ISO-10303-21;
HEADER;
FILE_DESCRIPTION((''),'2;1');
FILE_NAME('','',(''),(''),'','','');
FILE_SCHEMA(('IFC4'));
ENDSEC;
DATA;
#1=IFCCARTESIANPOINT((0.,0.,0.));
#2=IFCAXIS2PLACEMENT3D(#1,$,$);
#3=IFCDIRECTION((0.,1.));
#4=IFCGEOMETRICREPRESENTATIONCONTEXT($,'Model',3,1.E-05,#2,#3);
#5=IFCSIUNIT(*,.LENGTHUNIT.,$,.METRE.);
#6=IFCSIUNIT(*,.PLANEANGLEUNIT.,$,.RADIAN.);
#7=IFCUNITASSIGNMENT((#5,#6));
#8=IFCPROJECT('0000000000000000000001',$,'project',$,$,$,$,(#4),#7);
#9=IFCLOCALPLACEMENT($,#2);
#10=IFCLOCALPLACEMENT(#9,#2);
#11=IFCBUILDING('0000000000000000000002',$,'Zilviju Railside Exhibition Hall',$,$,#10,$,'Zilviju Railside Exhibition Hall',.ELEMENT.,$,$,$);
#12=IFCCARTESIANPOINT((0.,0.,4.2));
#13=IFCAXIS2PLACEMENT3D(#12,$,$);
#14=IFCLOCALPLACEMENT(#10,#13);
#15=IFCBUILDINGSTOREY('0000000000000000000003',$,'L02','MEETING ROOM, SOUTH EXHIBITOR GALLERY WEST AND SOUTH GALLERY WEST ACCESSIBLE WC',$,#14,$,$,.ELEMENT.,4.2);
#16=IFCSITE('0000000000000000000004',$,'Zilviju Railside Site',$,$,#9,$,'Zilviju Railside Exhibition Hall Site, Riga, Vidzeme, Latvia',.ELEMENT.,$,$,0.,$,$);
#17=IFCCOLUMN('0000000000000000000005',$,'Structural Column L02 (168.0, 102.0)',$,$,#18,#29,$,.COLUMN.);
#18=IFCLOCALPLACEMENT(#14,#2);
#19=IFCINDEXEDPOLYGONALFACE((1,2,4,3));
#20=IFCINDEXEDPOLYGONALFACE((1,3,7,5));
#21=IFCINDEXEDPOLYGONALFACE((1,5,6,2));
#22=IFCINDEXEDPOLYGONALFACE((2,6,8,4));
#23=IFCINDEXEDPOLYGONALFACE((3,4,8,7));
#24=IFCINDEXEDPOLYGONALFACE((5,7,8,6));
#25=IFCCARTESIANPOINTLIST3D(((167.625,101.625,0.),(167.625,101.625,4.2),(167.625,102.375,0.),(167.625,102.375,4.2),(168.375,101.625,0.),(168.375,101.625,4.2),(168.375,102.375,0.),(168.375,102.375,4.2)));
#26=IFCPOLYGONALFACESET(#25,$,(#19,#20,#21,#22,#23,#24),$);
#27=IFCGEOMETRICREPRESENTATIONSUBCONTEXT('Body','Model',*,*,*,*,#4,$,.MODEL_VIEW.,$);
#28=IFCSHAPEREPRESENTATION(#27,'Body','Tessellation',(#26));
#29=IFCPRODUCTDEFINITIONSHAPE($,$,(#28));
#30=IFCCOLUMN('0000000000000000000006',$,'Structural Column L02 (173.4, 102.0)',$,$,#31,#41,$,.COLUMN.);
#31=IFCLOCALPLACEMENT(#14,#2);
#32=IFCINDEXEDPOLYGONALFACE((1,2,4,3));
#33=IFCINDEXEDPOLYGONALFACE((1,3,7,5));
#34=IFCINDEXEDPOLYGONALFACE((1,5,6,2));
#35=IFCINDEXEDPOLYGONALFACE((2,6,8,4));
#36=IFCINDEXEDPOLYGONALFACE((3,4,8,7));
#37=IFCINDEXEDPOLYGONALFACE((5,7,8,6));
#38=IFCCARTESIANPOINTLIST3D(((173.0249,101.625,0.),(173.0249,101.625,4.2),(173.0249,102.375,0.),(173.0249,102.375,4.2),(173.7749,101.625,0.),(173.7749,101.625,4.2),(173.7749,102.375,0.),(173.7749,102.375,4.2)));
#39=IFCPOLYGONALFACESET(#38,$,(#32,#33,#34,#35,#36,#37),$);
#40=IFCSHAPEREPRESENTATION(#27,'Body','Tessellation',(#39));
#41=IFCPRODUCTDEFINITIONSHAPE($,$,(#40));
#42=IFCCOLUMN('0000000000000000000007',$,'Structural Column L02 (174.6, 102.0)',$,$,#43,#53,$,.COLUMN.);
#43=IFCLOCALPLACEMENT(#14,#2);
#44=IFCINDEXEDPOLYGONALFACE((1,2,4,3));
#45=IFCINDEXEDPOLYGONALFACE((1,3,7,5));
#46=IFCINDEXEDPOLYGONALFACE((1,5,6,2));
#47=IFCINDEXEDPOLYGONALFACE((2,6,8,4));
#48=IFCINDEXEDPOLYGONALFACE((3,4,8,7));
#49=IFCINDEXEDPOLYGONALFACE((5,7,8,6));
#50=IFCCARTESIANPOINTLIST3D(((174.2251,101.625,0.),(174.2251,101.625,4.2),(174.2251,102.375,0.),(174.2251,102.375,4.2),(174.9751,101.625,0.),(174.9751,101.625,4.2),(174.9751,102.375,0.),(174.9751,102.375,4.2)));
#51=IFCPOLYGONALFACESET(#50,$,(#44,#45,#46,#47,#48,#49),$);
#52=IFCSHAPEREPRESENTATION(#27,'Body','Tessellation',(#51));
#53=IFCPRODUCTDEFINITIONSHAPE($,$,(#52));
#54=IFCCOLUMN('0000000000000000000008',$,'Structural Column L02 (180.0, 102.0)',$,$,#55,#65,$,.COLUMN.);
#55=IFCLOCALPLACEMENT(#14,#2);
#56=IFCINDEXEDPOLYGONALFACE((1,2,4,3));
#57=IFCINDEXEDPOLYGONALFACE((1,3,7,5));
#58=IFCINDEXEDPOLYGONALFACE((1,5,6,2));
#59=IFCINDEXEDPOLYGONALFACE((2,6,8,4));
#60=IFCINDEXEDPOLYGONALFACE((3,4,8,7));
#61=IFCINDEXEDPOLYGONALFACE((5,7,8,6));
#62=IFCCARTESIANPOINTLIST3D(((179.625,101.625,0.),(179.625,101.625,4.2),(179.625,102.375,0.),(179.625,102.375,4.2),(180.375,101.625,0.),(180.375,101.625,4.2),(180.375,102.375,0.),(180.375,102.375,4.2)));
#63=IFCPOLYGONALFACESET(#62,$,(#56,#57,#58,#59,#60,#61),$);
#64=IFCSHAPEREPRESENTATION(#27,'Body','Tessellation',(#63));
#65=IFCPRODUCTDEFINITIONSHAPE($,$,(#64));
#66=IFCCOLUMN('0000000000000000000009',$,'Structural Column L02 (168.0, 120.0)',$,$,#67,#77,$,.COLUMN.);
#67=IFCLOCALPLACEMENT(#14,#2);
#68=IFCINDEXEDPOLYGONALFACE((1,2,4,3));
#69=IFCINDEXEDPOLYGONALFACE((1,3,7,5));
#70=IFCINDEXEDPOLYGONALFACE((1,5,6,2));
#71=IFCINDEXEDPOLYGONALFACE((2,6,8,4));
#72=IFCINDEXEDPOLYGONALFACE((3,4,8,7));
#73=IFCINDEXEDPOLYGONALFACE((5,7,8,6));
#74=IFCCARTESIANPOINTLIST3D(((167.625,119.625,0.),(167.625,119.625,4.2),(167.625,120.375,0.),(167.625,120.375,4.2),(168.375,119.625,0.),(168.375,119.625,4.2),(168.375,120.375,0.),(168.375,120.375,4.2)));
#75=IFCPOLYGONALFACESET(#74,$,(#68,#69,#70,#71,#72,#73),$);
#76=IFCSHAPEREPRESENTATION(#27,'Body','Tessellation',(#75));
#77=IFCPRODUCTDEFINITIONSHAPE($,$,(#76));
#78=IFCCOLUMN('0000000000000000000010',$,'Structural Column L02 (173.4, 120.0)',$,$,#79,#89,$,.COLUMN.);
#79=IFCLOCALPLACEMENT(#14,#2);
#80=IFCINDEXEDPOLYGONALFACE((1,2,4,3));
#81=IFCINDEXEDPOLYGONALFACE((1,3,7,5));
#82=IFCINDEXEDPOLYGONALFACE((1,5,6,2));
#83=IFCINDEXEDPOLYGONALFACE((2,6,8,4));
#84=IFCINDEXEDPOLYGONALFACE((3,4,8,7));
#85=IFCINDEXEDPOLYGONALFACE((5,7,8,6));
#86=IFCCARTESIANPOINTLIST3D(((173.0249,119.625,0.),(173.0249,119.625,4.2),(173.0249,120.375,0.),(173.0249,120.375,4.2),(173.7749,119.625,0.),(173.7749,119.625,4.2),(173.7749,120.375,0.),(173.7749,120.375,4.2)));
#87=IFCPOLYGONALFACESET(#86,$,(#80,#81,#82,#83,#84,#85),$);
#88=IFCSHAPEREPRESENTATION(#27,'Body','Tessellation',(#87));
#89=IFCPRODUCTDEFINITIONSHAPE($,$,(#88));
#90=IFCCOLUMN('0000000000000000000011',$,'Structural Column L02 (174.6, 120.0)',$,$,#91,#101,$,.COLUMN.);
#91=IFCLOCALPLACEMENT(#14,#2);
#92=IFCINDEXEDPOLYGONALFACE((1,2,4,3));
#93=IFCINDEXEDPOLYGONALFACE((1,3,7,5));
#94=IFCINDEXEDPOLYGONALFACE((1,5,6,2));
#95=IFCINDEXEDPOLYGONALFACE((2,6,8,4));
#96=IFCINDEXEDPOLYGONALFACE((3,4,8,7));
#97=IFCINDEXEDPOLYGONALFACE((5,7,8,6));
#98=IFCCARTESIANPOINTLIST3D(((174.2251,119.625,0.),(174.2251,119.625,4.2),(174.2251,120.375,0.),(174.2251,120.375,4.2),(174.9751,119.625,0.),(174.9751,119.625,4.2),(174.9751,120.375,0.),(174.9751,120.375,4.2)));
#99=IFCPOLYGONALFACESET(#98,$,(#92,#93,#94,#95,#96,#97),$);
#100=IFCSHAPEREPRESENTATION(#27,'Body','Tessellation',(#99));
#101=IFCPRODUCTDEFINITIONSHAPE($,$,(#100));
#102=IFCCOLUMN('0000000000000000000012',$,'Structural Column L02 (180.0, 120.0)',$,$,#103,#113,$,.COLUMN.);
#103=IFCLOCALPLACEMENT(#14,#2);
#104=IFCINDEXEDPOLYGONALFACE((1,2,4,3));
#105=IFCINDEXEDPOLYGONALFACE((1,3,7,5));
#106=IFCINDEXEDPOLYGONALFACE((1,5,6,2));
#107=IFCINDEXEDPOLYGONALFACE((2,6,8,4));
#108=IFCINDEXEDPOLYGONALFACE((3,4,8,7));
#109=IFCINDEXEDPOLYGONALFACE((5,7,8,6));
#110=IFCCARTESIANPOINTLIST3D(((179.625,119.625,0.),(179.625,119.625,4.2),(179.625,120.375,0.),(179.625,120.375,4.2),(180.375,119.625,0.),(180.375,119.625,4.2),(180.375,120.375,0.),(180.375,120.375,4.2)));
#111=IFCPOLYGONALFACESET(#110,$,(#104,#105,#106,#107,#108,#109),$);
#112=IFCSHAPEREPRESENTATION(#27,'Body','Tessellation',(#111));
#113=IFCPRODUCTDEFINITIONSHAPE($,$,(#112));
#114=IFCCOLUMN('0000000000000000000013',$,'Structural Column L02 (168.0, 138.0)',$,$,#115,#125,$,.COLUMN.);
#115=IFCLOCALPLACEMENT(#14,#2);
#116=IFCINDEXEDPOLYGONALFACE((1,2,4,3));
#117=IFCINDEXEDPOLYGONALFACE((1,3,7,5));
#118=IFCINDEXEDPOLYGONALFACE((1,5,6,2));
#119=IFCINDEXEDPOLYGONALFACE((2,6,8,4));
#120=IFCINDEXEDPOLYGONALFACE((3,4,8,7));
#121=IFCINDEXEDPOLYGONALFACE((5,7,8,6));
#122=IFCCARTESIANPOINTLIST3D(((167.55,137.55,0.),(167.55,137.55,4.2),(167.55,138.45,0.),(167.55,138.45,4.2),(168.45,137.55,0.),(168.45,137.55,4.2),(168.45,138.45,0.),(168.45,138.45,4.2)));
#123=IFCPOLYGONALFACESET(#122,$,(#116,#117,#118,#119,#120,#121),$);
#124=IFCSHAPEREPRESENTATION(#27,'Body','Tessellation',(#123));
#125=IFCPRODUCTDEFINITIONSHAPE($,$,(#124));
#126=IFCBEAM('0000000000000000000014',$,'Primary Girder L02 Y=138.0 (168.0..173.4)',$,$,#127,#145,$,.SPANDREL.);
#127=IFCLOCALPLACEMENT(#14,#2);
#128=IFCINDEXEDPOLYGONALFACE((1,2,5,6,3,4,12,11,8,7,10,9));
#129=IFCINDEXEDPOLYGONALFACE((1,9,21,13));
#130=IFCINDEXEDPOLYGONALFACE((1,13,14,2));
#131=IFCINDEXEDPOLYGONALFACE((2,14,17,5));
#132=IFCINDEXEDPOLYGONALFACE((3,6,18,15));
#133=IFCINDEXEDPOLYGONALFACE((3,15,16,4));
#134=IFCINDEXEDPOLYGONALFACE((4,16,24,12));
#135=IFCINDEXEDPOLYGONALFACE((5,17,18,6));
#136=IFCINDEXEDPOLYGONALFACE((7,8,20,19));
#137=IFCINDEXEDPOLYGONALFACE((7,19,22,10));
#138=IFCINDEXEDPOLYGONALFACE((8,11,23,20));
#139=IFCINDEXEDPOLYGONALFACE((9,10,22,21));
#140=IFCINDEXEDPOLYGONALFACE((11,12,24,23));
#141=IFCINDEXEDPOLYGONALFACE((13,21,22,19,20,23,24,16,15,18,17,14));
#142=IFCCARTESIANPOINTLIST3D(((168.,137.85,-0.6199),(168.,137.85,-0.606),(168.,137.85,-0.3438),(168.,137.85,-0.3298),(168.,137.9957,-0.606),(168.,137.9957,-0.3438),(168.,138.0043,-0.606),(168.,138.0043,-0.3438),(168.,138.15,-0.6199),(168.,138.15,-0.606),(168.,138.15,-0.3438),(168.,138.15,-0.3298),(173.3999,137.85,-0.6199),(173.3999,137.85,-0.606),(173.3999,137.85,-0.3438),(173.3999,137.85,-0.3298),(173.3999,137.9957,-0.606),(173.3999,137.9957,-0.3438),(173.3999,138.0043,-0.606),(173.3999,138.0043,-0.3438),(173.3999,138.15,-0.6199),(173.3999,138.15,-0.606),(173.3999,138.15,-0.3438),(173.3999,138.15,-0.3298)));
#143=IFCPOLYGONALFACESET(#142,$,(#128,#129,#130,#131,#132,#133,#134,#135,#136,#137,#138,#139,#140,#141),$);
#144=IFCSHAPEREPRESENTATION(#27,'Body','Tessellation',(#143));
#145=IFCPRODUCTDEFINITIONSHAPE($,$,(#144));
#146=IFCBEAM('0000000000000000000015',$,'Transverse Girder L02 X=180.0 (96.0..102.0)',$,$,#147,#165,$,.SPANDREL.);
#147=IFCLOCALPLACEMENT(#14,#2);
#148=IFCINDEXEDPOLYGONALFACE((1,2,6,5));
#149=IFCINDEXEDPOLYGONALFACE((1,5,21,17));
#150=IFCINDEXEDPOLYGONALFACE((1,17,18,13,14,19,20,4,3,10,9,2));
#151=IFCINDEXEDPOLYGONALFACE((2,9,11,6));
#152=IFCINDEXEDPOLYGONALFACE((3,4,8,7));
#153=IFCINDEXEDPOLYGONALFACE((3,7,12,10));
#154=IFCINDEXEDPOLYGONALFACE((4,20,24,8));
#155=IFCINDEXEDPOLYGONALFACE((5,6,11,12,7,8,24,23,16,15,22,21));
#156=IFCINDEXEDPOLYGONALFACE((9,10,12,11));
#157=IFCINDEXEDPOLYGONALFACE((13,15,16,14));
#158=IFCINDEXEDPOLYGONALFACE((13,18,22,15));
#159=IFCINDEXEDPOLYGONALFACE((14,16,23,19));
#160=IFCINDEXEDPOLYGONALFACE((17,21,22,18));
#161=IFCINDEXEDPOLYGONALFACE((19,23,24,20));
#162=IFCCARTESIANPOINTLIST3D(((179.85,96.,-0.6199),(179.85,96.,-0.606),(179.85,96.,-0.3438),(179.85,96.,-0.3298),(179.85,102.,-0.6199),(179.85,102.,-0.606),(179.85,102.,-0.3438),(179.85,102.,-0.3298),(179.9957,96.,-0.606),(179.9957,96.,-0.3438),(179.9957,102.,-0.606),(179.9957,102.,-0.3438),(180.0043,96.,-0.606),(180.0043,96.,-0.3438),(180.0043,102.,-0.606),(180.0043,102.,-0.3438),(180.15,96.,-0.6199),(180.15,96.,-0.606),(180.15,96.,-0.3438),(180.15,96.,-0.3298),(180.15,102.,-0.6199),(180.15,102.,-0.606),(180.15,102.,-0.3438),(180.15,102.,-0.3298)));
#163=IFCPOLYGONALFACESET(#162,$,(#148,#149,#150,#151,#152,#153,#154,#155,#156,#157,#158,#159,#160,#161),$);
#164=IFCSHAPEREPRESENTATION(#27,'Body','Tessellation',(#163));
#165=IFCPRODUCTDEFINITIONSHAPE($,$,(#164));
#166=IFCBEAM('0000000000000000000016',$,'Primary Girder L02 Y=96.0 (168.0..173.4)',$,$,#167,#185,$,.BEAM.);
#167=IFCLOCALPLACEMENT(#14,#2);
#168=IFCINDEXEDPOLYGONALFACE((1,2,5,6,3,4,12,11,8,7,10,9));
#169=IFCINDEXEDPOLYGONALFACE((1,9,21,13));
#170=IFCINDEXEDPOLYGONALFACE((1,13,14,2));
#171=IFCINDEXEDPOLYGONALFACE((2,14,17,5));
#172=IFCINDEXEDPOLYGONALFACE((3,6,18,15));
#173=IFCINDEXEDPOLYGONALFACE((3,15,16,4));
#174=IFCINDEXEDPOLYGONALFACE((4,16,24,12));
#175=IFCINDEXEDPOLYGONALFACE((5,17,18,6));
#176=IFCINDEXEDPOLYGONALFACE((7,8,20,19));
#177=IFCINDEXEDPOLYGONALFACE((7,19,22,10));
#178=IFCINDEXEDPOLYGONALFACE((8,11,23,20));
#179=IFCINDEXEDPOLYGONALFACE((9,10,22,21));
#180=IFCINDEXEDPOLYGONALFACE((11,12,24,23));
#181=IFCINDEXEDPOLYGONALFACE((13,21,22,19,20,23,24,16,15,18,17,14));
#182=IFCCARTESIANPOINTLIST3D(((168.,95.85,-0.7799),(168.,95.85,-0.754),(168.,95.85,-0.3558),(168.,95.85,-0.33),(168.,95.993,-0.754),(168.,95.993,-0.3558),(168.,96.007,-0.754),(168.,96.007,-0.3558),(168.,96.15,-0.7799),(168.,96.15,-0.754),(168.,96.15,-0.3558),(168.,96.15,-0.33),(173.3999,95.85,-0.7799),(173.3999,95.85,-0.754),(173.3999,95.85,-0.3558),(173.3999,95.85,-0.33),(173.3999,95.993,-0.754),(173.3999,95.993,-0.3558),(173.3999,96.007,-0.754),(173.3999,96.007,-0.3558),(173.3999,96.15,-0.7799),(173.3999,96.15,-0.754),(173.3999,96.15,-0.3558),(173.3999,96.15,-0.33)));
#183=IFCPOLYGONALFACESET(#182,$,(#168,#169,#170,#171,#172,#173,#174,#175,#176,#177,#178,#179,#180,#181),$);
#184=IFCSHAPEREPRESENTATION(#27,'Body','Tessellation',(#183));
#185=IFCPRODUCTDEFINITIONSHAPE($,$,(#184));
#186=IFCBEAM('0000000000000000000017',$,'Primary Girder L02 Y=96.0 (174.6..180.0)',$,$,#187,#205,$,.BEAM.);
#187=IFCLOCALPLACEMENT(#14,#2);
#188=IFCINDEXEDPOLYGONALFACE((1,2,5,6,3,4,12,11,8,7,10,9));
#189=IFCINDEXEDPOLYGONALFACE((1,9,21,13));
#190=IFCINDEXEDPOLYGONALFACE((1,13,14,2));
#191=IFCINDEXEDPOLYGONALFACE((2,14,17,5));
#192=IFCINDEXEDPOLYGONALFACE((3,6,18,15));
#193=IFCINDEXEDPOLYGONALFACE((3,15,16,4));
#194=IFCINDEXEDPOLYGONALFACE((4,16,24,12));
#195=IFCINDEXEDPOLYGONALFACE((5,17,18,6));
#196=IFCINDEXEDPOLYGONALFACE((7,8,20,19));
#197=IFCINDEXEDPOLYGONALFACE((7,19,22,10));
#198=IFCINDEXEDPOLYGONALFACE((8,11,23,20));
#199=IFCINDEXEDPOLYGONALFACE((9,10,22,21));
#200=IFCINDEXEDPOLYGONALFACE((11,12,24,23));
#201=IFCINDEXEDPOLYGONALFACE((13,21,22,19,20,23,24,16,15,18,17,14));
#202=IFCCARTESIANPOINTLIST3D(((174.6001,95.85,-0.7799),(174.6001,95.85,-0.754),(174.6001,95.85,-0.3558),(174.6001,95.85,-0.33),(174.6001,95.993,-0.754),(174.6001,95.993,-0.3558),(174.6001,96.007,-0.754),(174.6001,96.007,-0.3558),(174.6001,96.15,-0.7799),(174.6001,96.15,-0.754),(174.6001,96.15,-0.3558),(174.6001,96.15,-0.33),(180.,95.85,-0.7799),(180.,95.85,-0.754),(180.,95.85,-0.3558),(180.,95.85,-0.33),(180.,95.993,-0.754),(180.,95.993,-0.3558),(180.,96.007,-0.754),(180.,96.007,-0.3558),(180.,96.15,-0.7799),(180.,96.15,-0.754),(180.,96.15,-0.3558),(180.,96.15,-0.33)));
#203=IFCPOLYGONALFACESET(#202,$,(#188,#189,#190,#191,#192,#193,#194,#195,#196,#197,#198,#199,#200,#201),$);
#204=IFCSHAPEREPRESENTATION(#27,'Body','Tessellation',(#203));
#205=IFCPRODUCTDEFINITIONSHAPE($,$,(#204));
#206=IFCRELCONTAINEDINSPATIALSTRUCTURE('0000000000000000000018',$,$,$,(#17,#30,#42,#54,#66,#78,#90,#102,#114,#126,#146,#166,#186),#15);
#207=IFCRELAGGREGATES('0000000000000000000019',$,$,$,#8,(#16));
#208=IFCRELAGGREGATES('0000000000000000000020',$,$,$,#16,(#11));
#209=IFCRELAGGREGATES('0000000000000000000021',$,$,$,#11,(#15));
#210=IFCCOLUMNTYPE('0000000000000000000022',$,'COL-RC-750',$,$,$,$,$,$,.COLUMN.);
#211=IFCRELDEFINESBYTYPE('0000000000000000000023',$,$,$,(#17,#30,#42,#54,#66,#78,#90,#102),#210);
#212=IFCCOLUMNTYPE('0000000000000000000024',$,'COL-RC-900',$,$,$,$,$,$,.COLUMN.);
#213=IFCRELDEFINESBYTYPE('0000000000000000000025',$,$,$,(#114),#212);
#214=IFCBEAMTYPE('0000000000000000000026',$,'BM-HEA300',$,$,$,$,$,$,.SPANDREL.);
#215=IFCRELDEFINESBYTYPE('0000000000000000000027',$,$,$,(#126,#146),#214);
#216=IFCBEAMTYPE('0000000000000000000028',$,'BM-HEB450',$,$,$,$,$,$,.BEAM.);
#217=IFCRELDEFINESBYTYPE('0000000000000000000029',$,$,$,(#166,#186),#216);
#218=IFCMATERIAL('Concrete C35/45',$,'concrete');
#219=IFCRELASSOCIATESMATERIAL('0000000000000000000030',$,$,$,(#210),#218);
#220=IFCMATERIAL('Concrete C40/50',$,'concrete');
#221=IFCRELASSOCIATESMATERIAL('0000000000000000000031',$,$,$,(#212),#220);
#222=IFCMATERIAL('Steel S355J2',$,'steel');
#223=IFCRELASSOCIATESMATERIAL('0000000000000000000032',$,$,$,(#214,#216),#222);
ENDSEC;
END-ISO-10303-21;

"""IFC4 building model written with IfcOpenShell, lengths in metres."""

from ifc_helpers import new_model, si_unit, direction, frame, origin, origin_2d, place, context, subcontext, project, spatial, rectangle, i_section, extrude, material, material_profile, profile_set, type_object, element, save


model = new_model("IFC4")

# Units and contexts
model_context = context("Model", 3, precision=1e-05, world=origin(), true_north=direction((0.0, 1.0)))
body_context = subcontext(model_context, "Body", "Model", "MODEL_VIEW")
ifc_project = project(units=[si_unit("LENGTHUNIT", "METRE"), si_unit("PLANEANGLEUNIT", "RADIAN")], contexts=[model_context])

# Site, building, storey
site_placement = place(None, origin())
site = spatial("IfcSite", under=ifc_project, at=site_placement, Name="Zilviju Railside Site", LongName="Zilviju Railside Exhibition Hall Site, Riga, Vidzeme, Latvia", CompositionType="ELEMENT", RefElevation=0.0)
building_placement = place(site_placement, origin())
building = spatial("IfcBuilding", under=site, at=building_placement, Name="Zilviju Railside Exhibition Hall", LongName="Zilviju Railside Exhibition Hall", CompositionType="ELEMENT")
storey_placement = place(building_placement, frame((0.0, 0.0, 4.2)))
storey = spatial("IfcBuildingStorey", under=building, at=storey_placement, Name="L02", Description="MEETING ROOM, SOUTH EXHIBITOR GALLERY WEST AND SOUTH GALLERY WEST ACCESSIBLE WC", CompositionType="ELEMENT", Elevation=4.2)

# Columns
ifc_material_1 = material(Name="Concrete C35/45", Category="concrete")
ifc_material_profile_1 = material_profile(ifc_material_1, rectangle(XDim=0.75, YDim=0.75, at=origin_2d()), Name="RC COL 750x750")
ifc_profile_set_1 = profile_set([ifc_material_profile_1], Name="Concrete C35/45")
column_type_1 = type_object("IfcColumnType", Name="COL-RC-750", PredefinedType="COLUMN", material=ifc_profile_set_1)
for number, where, z_axis, x_axis, name in (
    (1, (168.0, 102.0, 0.0), (0.0, 0.0, 1.0), (1.0, 0.0, 0.0), "Structural Column L02 (168.0, 102.0)"),
    (2, (173.3999, 102.0, 0.0), (0.0, 0.0, 1.0), (1.0, 0.0, 0.0), "Structural Column L02 (173.4, 102.0)"),
    (3, (174.6001, 102.0, 0.0), (0.0, 0.0, 1.0), (1.0, 0.0, 0.0), "Structural Column L02 (174.6, 102.0)"),
    (4, (180.0, 102.0, 0.0), (0.0, 0.0, 1.0), (1.0, 0.0, 0.0), "Structural Column L02 (180.0, 102.0)"),
    (5, (168.0, 120.0, 0.0), (0.0, 0.0, 1.0), (1.0, 0.0, 0.0), "Structural Column L02 (168.0, 120.0)"),
    (6, (173.3999, 120.0, 0.0), (0.0, 0.0, 1.0), (1.0, 0.0, 0.0), "Structural Column L02 (173.4, 120.0)"),
    (7, (174.6001, 120.0, 0.0), (0.0, 0.0, 1.0), (1.0, 0.0, 0.0), "Structural Column L02 (174.6, 120.0)"),
    (8, (180.0, 120.0, 0.0), (0.0, 0.0, 1.0), (1.0, 0.0, 0.0), "Structural Column L02 (180.0, 120.0)"),
):
    element("IfcColumn", number, at=place(storey_placement, frame(where, z_axis=z_axis, x_axis=x_axis)), inside=storey, type_object=column_type_1, Name=name, PredefinedType="COLUMN", context=body_context, shape_type="SweptSolid", body=[
        extrude(rectangle(XDim=0.75, YDim=0.75, at=origin_2d()), origin(), (0.0, 0.0, 1.0), 4.2),
    ])
ifc_material_2 = material(Name="Concrete C40/50", Category="concrete")
ifc_material_profile_2 = material_profile(ifc_material_2, rectangle(XDim=0.8999, YDim=0.8999, at=origin_2d()), Name="RC COL 900x900")
ifc_profile_set_2 = profile_set([ifc_material_profile_2], Name="Concrete C40/50")
column_type_2 = type_object("IfcColumnType", Name="COL-RC-900", PredefinedType="COLUMN", material=ifc_profile_set_2)
column_placement = place(storey_placement, frame((168.0, 138.0, 0.0), z_axis=(0.0, 0.0, 1.0), x_axis=(1.0, 0.0, 0.0)))
element("IfcColumn", 9, at=column_placement, inside=storey, type_object=column_type_2, Name="Structural Column L02 (168.0, 138.0)", PredefinedType="COLUMN", context=body_context, shape_type="SweptSolid", body=[
    extrude(rectangle(XDim=0.8999, YDim=0.8999, at=origin_2d()), origin(), (0.0, 0.0, 1.0), 4.2),
])

# Beams
ifc_material_3 = material(Name="Steel S355J2", Category="steel")
ifc_material_profile_3 = material_profile(ifc_material_3, i_section(OverallWidth=0.3, OverallDepth=0.29, WebThickness=0.0085, FlangeThickness=0.0139, at=origin_2d()), Name="HEA 300")
ifc_profile_set_3 = profile_set([ifc_material_profile_3], Name="Steel S355J2")
beam_type_1 = type_object("IfcBeamType", Name="BM-HEA300", PredefinedType="SPANDREL", material=ifc_profile_set_3)
beam_1_placement = place(storey_placement, frame((168.0, 138.0, -0.4749), z_axis=(1.0, 0.0, 0.0), x_axis=(0.0, 1.0, 0.0)))
element("IfcBeam", 10, at=beam_1_placement, inside=storey, type_object=beam_type_1, Name="Primary Girder L02 Y=138.0 (168.0..173.4)", PredefinedType="SPANDREL", context=body_context, shape_type="SweptSolid", body=[
    extrude(i_section(OverallWidth=0.3, OverallDepth=0.29, WebThickness=0.0085, FlangeThickness=0.0139, at=origin_2d()), origin(), (0.0, 0.0, 1.0), 5.3999),
])
beam_2_placement = place(storey_placement, frame((180.0, 96.0, -0.4749), z_axis=(0.0, 1.0, 0.0), x_axis=(-1.0, 0.0, 0.0)))
element("IfcBeam", 11, at=beam_2_placement, inside=storey, type_object=beam_type_1, Name="Transverse Girder L02 X=180.0 (96.0..102.0)", PredefinedType="SPANDREL", context=body_context, shape_type="SweptSolid", body=[
    extrude(i_section(OverallWidth=0.3, OverallDepth=0.29, WebThickness=0.0085, FlangeThickness=0.0139, at=origin_2d()), origin(), (0.0, 0.0, 1.0), 6.0),
])
ifc_material_profile_4 = material_profile(ifc_material_3, i_section(OverallWidth=0.3, OverallDepth=0.45, WebThickness=0.0139, FlangeThickness=0.0259, at=origin_2d()), Name="HEB 450")
ifc_profile_set_4 = profile_set([ifc_material_profile_4], Name="Steel S355J2")
beam_type_2 = type_object("IfcBeamType", Name="BM-HEB450", PredefinedType="BEAM", material=ifc_profile_set_4)
for number, where, z_axis, x_axis, name in (
    (12, (168.0, 96.0, -0.5549), (1.0, 0.0, 0.0), (0.0, 1.0, 0.0), "Primary Girder L02 Y=96.0 (168.0..173.4)"),
    (13, (174.6001, 96.0, -0.5549), (1.0, 0.0, 0.0), (0.0, 1.0, 0.0), "Primary Girder L02 Y=96.0 (174.6..180.0)"),
):
    element("IfcBeam", number, at=place(storey_placement, frame(where, z_axis=z_axis, x_axis=x_axis)), inside=storey, type_object=beam_type_2, Name=name, PredefinedType="BEAM", context=body_context, shape_type="SweptSolid", body=[
        extrude(i_section(OverallWidth=0.3, OverallDepth=0.45, WebThickness=0.0139, FlangeThickness=0.0259, at=origin_2d()), origin(), (0.0, 0.0, 1.0), 5.3999),
    ])

save(model, "model.ifc")
